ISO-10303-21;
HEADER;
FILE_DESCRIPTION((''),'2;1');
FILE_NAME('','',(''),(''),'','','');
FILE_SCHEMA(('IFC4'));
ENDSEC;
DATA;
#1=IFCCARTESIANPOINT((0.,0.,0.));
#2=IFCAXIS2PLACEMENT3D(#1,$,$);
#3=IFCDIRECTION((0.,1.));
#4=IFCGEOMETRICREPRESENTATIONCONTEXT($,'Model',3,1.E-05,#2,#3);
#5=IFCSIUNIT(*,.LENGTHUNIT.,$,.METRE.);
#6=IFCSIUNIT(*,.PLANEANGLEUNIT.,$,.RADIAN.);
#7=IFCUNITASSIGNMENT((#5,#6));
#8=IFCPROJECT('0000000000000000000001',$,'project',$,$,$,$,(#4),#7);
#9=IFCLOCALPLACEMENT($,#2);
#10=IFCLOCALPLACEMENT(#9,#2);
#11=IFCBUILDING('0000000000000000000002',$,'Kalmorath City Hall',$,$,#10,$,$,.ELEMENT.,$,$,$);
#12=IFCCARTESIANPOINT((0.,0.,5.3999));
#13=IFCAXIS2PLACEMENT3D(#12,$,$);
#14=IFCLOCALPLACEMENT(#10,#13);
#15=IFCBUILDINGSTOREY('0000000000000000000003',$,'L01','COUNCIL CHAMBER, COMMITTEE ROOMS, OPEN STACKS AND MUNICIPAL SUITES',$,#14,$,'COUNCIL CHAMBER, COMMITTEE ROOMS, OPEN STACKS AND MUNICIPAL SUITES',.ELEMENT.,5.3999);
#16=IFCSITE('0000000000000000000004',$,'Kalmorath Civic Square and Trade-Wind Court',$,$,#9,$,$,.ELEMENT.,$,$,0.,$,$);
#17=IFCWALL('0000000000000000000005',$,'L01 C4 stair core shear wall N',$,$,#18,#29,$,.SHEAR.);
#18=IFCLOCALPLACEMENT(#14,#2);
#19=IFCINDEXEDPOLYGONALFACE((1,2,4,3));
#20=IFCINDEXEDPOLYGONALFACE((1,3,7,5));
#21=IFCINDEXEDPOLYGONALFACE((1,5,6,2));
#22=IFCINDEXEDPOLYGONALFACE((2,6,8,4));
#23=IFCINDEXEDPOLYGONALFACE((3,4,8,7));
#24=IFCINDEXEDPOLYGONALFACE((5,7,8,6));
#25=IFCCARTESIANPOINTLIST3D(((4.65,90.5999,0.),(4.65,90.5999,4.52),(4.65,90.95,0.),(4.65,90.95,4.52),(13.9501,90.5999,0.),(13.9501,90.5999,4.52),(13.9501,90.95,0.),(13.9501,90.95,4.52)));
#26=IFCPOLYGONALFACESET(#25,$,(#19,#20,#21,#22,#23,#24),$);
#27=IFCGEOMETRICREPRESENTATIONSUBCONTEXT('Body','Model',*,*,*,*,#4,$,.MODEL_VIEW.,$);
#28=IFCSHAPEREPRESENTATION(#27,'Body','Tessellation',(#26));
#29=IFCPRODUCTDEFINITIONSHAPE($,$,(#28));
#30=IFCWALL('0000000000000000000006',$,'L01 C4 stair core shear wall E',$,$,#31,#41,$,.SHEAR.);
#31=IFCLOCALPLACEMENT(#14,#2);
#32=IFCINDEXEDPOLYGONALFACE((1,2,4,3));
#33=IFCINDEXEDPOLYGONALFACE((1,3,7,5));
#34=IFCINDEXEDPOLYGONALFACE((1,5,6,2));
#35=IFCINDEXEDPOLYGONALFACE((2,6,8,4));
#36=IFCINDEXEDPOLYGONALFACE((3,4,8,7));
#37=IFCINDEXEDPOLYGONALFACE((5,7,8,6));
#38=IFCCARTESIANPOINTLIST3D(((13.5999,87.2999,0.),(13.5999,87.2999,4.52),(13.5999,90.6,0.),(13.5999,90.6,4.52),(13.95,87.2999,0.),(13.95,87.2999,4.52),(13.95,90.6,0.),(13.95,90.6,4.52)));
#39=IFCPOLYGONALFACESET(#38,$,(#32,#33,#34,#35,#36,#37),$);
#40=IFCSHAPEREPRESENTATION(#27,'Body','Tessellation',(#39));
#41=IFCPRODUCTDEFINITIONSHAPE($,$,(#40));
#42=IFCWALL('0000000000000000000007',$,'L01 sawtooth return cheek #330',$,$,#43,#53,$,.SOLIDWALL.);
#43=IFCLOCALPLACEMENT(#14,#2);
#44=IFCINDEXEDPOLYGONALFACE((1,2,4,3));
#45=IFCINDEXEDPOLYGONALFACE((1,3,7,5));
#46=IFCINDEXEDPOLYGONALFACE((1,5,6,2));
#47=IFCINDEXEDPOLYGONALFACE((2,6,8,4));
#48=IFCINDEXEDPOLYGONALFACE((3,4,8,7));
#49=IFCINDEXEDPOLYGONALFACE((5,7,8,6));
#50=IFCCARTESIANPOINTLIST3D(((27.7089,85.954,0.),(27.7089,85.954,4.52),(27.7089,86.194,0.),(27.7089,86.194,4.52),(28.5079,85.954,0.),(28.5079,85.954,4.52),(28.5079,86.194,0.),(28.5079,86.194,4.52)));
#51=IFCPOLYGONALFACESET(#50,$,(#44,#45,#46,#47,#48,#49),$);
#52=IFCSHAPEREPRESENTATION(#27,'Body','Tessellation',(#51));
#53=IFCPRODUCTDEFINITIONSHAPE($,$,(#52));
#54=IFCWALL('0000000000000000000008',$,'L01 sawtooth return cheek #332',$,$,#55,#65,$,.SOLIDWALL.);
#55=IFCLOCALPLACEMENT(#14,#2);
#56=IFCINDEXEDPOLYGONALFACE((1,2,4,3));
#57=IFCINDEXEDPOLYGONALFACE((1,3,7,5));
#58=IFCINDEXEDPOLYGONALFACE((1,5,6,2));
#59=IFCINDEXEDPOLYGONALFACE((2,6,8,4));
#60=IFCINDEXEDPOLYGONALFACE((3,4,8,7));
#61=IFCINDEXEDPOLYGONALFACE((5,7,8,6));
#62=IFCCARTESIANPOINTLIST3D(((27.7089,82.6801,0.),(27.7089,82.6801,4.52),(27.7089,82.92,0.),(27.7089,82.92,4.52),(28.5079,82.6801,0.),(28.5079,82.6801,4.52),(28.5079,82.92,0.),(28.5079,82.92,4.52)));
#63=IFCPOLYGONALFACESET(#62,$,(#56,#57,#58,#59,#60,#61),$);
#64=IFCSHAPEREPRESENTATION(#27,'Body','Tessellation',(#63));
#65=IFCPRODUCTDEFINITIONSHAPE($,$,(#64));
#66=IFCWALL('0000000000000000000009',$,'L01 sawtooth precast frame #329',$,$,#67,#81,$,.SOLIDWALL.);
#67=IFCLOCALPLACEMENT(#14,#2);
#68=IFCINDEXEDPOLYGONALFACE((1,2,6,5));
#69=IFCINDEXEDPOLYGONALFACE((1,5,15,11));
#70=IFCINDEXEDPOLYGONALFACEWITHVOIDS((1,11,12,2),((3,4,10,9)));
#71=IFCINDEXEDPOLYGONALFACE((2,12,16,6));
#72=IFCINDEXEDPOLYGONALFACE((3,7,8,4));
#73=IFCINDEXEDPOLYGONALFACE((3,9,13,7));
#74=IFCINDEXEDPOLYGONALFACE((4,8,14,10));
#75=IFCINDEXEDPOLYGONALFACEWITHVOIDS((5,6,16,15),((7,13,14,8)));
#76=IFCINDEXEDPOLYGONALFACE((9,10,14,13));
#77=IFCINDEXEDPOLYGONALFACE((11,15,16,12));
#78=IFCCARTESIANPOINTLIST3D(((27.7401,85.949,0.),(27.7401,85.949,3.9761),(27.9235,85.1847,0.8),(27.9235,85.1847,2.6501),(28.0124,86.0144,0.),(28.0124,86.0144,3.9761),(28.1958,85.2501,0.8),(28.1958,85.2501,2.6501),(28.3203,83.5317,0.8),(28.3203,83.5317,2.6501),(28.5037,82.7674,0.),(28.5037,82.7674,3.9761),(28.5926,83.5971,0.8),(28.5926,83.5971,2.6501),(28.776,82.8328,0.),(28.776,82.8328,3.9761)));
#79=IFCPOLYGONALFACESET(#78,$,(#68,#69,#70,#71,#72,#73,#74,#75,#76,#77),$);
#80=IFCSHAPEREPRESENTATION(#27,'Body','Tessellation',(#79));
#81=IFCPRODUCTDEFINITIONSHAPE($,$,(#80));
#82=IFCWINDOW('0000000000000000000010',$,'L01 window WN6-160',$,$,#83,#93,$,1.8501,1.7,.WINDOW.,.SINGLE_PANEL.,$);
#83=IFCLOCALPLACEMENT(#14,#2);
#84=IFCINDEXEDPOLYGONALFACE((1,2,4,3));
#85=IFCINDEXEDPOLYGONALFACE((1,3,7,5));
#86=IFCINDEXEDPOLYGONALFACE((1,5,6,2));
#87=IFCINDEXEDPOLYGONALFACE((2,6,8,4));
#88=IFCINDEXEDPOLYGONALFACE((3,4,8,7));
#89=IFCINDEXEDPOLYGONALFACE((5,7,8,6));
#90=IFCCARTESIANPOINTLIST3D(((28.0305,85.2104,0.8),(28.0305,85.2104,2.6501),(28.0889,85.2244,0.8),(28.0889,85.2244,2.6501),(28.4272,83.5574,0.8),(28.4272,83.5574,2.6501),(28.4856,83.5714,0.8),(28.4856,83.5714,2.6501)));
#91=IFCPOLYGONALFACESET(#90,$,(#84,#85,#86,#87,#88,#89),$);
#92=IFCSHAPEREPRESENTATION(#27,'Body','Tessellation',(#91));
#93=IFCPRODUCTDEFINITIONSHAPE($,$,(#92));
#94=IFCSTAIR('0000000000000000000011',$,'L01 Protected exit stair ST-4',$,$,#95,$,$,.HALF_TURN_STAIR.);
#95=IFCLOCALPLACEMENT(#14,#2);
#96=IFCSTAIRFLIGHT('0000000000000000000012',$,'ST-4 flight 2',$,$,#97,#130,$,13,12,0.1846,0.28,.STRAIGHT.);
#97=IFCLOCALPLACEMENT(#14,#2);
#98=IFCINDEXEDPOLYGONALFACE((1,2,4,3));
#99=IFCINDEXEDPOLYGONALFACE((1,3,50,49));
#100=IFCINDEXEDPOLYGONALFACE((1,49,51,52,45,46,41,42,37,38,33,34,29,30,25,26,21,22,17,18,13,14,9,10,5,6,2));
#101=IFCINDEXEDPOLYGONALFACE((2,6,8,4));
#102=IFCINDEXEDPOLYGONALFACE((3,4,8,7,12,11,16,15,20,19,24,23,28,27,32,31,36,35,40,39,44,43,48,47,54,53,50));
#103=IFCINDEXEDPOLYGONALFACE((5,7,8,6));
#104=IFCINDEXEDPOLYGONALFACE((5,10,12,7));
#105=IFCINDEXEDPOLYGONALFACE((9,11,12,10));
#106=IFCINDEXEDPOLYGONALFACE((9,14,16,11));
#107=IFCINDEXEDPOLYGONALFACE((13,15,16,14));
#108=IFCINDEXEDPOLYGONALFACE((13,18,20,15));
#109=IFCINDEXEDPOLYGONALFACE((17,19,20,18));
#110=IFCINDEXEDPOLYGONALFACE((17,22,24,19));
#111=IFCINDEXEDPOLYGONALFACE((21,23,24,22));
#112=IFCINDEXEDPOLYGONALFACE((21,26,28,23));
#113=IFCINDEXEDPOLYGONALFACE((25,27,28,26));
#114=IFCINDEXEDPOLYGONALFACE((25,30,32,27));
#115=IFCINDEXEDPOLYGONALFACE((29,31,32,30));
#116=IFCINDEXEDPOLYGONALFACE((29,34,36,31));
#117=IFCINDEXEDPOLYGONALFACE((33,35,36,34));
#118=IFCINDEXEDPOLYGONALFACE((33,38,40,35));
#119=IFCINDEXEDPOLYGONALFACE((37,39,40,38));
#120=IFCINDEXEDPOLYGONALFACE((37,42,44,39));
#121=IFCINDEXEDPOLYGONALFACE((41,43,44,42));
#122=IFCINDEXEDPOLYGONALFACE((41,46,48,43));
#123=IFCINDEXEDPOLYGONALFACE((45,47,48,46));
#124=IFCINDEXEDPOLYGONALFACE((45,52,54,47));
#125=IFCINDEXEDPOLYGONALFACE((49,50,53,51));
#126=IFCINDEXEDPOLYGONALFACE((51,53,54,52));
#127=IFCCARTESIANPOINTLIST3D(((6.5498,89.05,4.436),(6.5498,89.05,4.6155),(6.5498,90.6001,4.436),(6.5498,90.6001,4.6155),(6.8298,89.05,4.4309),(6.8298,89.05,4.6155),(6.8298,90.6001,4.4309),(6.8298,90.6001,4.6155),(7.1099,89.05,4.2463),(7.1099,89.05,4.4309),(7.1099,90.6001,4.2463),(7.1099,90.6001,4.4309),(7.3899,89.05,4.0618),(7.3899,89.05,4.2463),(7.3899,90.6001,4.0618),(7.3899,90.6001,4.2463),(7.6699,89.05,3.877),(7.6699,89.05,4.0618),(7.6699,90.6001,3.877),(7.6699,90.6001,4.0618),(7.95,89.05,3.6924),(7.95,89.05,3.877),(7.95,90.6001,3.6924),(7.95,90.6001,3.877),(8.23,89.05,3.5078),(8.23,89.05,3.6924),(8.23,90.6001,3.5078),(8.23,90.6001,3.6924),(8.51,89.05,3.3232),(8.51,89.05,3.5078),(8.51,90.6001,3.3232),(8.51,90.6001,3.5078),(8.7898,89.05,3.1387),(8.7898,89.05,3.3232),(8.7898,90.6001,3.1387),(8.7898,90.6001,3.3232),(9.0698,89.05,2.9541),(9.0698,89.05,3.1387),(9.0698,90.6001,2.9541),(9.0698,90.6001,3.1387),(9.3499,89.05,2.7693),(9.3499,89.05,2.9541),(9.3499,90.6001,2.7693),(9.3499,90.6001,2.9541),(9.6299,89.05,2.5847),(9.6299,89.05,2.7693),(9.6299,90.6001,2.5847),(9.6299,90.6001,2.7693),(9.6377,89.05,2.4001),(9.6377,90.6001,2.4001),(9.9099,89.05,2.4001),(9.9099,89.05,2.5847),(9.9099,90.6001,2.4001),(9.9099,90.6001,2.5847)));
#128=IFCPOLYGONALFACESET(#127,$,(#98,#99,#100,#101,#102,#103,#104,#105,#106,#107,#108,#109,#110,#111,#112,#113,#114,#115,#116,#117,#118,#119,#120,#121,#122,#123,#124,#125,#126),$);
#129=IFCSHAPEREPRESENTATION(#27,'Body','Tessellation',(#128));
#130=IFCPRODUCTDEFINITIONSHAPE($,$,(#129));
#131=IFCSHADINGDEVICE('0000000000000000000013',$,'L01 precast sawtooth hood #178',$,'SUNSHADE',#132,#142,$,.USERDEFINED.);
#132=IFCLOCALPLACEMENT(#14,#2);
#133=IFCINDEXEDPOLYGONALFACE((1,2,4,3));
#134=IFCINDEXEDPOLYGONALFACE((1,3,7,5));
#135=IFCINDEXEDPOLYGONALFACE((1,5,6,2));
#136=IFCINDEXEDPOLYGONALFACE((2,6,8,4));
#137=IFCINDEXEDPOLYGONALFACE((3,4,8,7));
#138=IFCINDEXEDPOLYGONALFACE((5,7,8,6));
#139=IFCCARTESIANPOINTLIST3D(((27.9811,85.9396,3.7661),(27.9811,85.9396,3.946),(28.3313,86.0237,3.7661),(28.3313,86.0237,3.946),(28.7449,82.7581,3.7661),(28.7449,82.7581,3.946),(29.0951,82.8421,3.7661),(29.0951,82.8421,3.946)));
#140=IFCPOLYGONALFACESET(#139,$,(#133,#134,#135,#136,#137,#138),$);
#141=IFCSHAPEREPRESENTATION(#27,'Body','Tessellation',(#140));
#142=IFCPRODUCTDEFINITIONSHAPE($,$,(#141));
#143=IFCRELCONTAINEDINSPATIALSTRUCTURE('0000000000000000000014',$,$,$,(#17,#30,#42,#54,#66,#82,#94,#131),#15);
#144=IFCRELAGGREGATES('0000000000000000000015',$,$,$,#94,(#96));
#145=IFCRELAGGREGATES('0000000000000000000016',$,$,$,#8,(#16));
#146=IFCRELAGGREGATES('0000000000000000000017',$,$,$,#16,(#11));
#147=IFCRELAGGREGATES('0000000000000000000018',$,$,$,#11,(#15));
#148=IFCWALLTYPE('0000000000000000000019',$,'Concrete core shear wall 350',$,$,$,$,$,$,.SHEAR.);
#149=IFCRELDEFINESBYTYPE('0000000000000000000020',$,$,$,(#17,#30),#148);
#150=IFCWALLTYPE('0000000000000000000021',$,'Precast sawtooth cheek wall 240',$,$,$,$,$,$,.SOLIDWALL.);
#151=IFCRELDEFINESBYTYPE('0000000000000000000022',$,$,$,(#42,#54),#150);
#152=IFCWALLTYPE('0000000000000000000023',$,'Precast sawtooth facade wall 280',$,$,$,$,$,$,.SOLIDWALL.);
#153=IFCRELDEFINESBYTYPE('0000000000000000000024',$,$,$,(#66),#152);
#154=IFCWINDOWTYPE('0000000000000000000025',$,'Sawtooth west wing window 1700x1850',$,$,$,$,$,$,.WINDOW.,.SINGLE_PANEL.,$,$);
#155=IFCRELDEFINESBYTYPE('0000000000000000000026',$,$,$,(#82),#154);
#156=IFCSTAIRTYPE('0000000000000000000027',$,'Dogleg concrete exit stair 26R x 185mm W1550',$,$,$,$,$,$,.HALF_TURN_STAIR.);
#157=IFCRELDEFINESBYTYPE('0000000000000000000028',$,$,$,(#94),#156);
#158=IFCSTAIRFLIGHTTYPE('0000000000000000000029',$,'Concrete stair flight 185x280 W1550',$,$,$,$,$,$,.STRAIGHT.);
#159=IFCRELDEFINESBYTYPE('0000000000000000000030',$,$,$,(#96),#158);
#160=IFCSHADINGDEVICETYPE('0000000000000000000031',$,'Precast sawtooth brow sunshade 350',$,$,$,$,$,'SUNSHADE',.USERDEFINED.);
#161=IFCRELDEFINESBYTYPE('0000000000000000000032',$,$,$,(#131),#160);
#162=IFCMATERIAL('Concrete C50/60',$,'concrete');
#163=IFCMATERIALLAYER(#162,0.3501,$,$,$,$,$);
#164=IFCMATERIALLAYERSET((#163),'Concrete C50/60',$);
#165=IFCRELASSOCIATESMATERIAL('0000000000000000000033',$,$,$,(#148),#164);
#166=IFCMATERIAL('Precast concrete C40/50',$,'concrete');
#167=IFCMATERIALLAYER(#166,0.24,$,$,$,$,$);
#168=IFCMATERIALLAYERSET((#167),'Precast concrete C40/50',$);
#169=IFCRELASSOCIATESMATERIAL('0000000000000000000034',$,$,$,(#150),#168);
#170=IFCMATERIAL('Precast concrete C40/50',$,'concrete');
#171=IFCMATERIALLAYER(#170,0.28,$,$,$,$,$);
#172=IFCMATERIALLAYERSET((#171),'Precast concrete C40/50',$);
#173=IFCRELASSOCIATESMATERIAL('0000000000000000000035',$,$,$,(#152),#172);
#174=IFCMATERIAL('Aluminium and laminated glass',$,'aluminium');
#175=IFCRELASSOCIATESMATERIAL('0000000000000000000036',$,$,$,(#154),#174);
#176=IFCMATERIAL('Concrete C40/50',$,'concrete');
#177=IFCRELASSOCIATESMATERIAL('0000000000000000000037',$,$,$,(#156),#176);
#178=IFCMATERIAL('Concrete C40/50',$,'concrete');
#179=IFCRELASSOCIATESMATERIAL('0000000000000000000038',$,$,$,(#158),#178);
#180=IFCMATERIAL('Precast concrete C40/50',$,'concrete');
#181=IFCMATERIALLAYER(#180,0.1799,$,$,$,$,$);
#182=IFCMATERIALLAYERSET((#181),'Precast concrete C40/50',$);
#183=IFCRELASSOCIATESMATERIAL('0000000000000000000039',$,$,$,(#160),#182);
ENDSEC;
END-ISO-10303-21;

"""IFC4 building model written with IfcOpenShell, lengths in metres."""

from ifc_helpers import new_model, si_unit, direction, frame, frame_2d, origin, origin_2d, place, context, subcontext, project, spatial, polyline, rectangle, outline, extrude, material, layer, layer_set, type_object, element, fill, aggregate, save


model = new_model("IFC4")

# Units and contexts
model_context = context("Model", 3, precision=1e-05, world=origin(), true_north=direction((0.0, 1.0)))
body_context = subcontext(model_context, "Body", "Model", "MODEL_VIEW")
ifc_project = project(units=[si_unit("LENGTHUNIT", "METRE"), si_unit("PLANEANGLEUNIT", "RADIAN")], contexts=[model_context])

# Site, building, storey
site_placement = place(None, origin())
site = spatial("IfcSite", under=ifc_project, at=site_placement, Name="Kalmorath Civic Square and Trade-Wind Court", CompositionType="ELEMENT", RefElevation=0.0)
building_placement = place(site_placement, origin())
building = spatial("IfcBuilding", under=site, at=building_placement, Name="Kalmorath City Hall", CompositionType="ELEMENT")
storey_placement = place(building_placement, frame((0.0, 0.0, 5.3999)))
storey = spatial("IfcBuildingStorey", under=building, at=storey_placement, Name="L01", Description="COUNCIL CHAMBER, COMMITTEE ROOMS, OPEN STACKS AND MUNICIPAL SUITES", LongName="COUNCIL CHAMBER, COMMITTEE ROOMS, OPEN STACKS AND MUNICIPAL SUITES", CompositionType="ELEMENT", Elevation=5.3999)

# Walls
ifc_material_1 = material(Name="Concrete C50/60", Category="concrete")
ifc_layer_1 = layer(ifc_material_1, 0.3501)
ifc_layer_set_1 = layer_set([ifc_layer_1], Name="Concrete C50/60")
wall_type_1 = type_object("IfcWallType", Name="Concrete core shear wall 350", PredefinedType="SHEAR", material=ifc_layer_set_1)
wall_1_placement = place(storey_placement, frame((13.95, 90.7749, 0.0), z_axis=(0.0, 0.0, 1.0), x_axis=(-1.0, 0.0, 0.0)))
element("IfcWall", 1, at=wall_1_placement, inside=storey, type_object=wall_type_1, Name="L01 C4 stair core shear wall N", PredefinedType="SHEAR", context=body_context, shape_type="SweptSolid", body=[
    extrude(rectangle(XDim=9.3, YDim=0.3501, at=frame_2d((4.6499, 0.0))), origin(), (0.0, 0.0, 1.0), 4.52),
])
wall_2_placement = place(storey_placement, frame((13.7749, 87.3, 0.0), z_axis=(0.0, 0.0, 1.0), x_axis=(0.0, 1.0, 0.0)))
element("IfcWall", 2, at=wall_2_placement, inside=storey, type_object=wall_type_1, Name="L01 C4 stair core shear wall E", PredefinedType="SHEAR", context=body_context, shape_type="SweptSolid", body=[
    extrude(rectangle(XDim=3.3, YDim=0.3501, at=frame_2d((1.6499, 0.0))), origin(), (0.0, 0.0, 1.0), 4.52),
])

# Walls
ifc_material_2 = material(Name="Precast concrete C40/50", Category="concrete")
ifc_layer_2 = layer(ifc_material_2, 0.24)
ifc_layer_set_2 = layer_set([ifc_layer_2], Name="Precast concrete C40/50")
wall_type_2 = type_object("IfcWallType", Name="Precast sawtooth cheek wall 240", PredefinedType="SOLIDWALL", material=ifc_layer_set_2)
for number, where, z_axis, x_axis, name in (
    (3, (27.709, 86.074, 0.0), (0.0, 0.0, 1.0), (1.0, 0.0, 0.0), "L01 sawtooth return cheek #330"),
    (4, (27.709, 82.8, 0.0), (0.0, 0.0, 1.0), (1.0, 0.0, 0.0), "L01 sawtooth return cheek #332"),
):
    element("IfcWall", number, at=place(storey_placement, frame(where, z_axis=z_axis, x_axis=x_axis)), inside=storey, type_object=wall_type_2, Name=name, PredefinedType="SOLIDWALL", context=body_context, shape_type="SweptSolid", body=[
        extrude(rectangle(XDim=0.7991, YDim=0.24, at=frame_2d((0.3994, 0.0))), origin(), (0.0, 0.0, 1.0), 4.52),
    ])

# Wall, opening, window
ifc_material_3 = material(Name="Precast concrete C40/50", Category="concrete")
ifc_layer_3 = layer(ifc_material_3, 0.28)
ifc_layer_set_3 = layer_set([ifc_layer_3], Name="Precast concrete C40/50")
wall_type_3 = type_object("IfcWallType", Name="Precast sawtooth facade wall 280", PredefinedType="SOLIDWALL", material=ifc_layer_set_3)
wall_3_placement = place(storey_placement, frame((27.8762, 85.9817, 0.0), z_axis=(0.0, 0.0, 1.0), x_axis=(0.233396, -0.972382, 0.0)))
wall_3 = element("IfcWall", 5, at=wall_3_placement, inside=storey, type_object=wall_type_3, Name="L01 sawtooth precast frame #329", PredefinedType="SOLIDWALL", context=body_context, shape_type="SweptSolid", body=[
    extrude(rectangle(XDim=3.272, YDim=0.28, at=frame_2d((1.636, 0.0))), origin(), (0.0, 0.0, 1.0), 3.9761),
])
opening_1_placement = place(wall_3_placement, frame((0.7859, 0.0, 0.8)))
opening_1 = element("IfcOpeningElement", 6, at=opening_1_placement, cuts=wall_3, PredefinedType="OPENING", context=body_context, shape_type="SweptSolid", body=[
    extrude(rectangle(XDim=1.7, YDim=1.8501, at=frame_2d((0.8501, 0.925))), frame((0.0, 0.1499, 0.0), z_axis=(0.0, -1.0, 0.0), x_axis=(1.0, 0.0, 0.0)), (0.0, 0.0, 1.0), 0.3),
])
ifc_material_4 = material(Name="Aluminium and laminated glass", Category="aluminium")
window_type = type_object("IfcWindowType", Name="Sawtooth west wing window 1700x1850", PartitioningType="SINGLE_PANEL", PredefinedType="WINDOW", material=ifc_material_4)
window_placement = place(opening_1_placement, origin())
window = element("IfcWindow", 7, at=window_placement, inside=storey, type_object=window_type, Name="L01 window WN6-160", OverallHeight=1.8501, OverallWidth=1.7, PartitioningType="SINGLE_PANEL", PredefinedType="WINDOW", context=body_context, shape_type="SweptSolid", body=[
    extrude(rectangle(XDim=1.7, YDim=1.8501, at=frame_2d((0.8501, 0.925))), frame((0.0, 0.03, 0.0), z_axis=(0.0, -1.0, 0.0), x_axis=(1.0, 0.0, 0.0)), (0.0, 0.0, 1.0), 0.0601),
])
fill(opening_1, window)

# Stair, stair flight
ifc_material_5 = material(Name="Concrete C40/50", Category="concrete")
stair_type = type_object("IfcStairType", Name="Dogleg concrete exit stair 26R x 185mm W1550", PredefinedType="HALF_TURN_STAIR", material=ifc_material_5)
stair_placement = place(storey_placement, origin())
stair = element("IfcStair", 8, at=stair_placement, inside=storey, type_object=stair_type, Name="L01 Protected exit stair ST-4", PredefinedType="HALF_TURN_STAIR")
ifc_material_6 = material(Name="Concrete C40/50", Category="concrete")
stair_flight_type = type_object("IfcStairFlightType", Name="Concrete stair flight 185x280 W1550", PredefinedType="STRAIGHT", material=ifc_material_6)
stair_flight_placement = place(storey_placement, frame((9.9099, 89.825, 2.4001), z_axis=(0.0, 0.0, 1.0), x_axis=(-1.0, 0.0, 0.0)))
stair_flight = element("IfcStairFlight", 9, at=stair_flight_placement, type_object=stair_flight_type, Name="ST-4 flight 2", NumberOfRisers=13, NumberOfTreads=12, PredefinedType="STRAIGHT", RiserHeight=0.1846, TreadLength=0.28, context=body_context, shape_type="SweptSolid", body=[
    extrude(outline(polyline([(0.0, 0.0), (0.0, 0.1846), (0.28, 0.1846), (0.28, 0.3691), (0.5601, 0.3691), (0.5601, 0.554), (0.8401, 0.554), (0.8401, 0.7385), (1.1201, 0.7385), (1.1201, 0.9231), (1.3999, 0.9231), (1.3999, 1.1077), (1.6799, 1.1077), (1.6799, 1.2922), (1.96, 1.2922), (1.96, 1.4768), (2.24, 1.4768), (2.24, 1.6616), (2.52, 1.6616), (2.52, 1.8462), (2.8, 1.8462), (2.8, 2.0308), (3.0801, 2.0308), (3.0801, 2.2153), (3.3601, 2.2153), (3.3601, 2.3999), (3.3601, 2.0359), (0.2722, 0.0), (0.0, 0.0)])), frame((0.0, 0.7749, 0.0), z_axis=(0.0, -1.0, 0.0), x_axis=(1.0, 0.0, 0.0)), (0.0, 0.0, 1.0), 1.55),
])
aggregate(stair, [stair_flight])

# Shading device
ifc_material_7 = material(Name="Precast concrete C40/50", Category="concrete")
ifc_layer_4 = layer(ifc_material_7, 0.1799)
ifc_layer_set_4 = layer_set([ifc_layer_4], Name="Precast concrete C40/50")
shading_device_type = type_object("IfcShadingDeviceType", Name="Precast sawtooth brow sunshade 350", ElementType="SUNSHADE", PredefinedType="USERDEFINED", material=ifc_layer_set_4)
shading_device_placement = place(storey_placement, frame((28.5381, 84.3909, 3.7661), z_axis=(0.0, 0.0, 1.0), x_axis=(0.233445, -0.97237, 0.0)))
element("IfcShadingDevice", 10, at=shading_device_placement, inside=storey, type_object=shading_device_type, Name="L01 precast sawtooth hood #178", ObjectType="SUNSHADE", PredefinedType="USERDEFINED", context=body_context, shape_type="SweptSolid", body=[
    extrude(rectangle(XDim=3.272, YDim=0.3601, at=origin_2d()), origin(), (0.0, 0.0, 1.0), 0.1799),
])

save(model, "model.ifc")
